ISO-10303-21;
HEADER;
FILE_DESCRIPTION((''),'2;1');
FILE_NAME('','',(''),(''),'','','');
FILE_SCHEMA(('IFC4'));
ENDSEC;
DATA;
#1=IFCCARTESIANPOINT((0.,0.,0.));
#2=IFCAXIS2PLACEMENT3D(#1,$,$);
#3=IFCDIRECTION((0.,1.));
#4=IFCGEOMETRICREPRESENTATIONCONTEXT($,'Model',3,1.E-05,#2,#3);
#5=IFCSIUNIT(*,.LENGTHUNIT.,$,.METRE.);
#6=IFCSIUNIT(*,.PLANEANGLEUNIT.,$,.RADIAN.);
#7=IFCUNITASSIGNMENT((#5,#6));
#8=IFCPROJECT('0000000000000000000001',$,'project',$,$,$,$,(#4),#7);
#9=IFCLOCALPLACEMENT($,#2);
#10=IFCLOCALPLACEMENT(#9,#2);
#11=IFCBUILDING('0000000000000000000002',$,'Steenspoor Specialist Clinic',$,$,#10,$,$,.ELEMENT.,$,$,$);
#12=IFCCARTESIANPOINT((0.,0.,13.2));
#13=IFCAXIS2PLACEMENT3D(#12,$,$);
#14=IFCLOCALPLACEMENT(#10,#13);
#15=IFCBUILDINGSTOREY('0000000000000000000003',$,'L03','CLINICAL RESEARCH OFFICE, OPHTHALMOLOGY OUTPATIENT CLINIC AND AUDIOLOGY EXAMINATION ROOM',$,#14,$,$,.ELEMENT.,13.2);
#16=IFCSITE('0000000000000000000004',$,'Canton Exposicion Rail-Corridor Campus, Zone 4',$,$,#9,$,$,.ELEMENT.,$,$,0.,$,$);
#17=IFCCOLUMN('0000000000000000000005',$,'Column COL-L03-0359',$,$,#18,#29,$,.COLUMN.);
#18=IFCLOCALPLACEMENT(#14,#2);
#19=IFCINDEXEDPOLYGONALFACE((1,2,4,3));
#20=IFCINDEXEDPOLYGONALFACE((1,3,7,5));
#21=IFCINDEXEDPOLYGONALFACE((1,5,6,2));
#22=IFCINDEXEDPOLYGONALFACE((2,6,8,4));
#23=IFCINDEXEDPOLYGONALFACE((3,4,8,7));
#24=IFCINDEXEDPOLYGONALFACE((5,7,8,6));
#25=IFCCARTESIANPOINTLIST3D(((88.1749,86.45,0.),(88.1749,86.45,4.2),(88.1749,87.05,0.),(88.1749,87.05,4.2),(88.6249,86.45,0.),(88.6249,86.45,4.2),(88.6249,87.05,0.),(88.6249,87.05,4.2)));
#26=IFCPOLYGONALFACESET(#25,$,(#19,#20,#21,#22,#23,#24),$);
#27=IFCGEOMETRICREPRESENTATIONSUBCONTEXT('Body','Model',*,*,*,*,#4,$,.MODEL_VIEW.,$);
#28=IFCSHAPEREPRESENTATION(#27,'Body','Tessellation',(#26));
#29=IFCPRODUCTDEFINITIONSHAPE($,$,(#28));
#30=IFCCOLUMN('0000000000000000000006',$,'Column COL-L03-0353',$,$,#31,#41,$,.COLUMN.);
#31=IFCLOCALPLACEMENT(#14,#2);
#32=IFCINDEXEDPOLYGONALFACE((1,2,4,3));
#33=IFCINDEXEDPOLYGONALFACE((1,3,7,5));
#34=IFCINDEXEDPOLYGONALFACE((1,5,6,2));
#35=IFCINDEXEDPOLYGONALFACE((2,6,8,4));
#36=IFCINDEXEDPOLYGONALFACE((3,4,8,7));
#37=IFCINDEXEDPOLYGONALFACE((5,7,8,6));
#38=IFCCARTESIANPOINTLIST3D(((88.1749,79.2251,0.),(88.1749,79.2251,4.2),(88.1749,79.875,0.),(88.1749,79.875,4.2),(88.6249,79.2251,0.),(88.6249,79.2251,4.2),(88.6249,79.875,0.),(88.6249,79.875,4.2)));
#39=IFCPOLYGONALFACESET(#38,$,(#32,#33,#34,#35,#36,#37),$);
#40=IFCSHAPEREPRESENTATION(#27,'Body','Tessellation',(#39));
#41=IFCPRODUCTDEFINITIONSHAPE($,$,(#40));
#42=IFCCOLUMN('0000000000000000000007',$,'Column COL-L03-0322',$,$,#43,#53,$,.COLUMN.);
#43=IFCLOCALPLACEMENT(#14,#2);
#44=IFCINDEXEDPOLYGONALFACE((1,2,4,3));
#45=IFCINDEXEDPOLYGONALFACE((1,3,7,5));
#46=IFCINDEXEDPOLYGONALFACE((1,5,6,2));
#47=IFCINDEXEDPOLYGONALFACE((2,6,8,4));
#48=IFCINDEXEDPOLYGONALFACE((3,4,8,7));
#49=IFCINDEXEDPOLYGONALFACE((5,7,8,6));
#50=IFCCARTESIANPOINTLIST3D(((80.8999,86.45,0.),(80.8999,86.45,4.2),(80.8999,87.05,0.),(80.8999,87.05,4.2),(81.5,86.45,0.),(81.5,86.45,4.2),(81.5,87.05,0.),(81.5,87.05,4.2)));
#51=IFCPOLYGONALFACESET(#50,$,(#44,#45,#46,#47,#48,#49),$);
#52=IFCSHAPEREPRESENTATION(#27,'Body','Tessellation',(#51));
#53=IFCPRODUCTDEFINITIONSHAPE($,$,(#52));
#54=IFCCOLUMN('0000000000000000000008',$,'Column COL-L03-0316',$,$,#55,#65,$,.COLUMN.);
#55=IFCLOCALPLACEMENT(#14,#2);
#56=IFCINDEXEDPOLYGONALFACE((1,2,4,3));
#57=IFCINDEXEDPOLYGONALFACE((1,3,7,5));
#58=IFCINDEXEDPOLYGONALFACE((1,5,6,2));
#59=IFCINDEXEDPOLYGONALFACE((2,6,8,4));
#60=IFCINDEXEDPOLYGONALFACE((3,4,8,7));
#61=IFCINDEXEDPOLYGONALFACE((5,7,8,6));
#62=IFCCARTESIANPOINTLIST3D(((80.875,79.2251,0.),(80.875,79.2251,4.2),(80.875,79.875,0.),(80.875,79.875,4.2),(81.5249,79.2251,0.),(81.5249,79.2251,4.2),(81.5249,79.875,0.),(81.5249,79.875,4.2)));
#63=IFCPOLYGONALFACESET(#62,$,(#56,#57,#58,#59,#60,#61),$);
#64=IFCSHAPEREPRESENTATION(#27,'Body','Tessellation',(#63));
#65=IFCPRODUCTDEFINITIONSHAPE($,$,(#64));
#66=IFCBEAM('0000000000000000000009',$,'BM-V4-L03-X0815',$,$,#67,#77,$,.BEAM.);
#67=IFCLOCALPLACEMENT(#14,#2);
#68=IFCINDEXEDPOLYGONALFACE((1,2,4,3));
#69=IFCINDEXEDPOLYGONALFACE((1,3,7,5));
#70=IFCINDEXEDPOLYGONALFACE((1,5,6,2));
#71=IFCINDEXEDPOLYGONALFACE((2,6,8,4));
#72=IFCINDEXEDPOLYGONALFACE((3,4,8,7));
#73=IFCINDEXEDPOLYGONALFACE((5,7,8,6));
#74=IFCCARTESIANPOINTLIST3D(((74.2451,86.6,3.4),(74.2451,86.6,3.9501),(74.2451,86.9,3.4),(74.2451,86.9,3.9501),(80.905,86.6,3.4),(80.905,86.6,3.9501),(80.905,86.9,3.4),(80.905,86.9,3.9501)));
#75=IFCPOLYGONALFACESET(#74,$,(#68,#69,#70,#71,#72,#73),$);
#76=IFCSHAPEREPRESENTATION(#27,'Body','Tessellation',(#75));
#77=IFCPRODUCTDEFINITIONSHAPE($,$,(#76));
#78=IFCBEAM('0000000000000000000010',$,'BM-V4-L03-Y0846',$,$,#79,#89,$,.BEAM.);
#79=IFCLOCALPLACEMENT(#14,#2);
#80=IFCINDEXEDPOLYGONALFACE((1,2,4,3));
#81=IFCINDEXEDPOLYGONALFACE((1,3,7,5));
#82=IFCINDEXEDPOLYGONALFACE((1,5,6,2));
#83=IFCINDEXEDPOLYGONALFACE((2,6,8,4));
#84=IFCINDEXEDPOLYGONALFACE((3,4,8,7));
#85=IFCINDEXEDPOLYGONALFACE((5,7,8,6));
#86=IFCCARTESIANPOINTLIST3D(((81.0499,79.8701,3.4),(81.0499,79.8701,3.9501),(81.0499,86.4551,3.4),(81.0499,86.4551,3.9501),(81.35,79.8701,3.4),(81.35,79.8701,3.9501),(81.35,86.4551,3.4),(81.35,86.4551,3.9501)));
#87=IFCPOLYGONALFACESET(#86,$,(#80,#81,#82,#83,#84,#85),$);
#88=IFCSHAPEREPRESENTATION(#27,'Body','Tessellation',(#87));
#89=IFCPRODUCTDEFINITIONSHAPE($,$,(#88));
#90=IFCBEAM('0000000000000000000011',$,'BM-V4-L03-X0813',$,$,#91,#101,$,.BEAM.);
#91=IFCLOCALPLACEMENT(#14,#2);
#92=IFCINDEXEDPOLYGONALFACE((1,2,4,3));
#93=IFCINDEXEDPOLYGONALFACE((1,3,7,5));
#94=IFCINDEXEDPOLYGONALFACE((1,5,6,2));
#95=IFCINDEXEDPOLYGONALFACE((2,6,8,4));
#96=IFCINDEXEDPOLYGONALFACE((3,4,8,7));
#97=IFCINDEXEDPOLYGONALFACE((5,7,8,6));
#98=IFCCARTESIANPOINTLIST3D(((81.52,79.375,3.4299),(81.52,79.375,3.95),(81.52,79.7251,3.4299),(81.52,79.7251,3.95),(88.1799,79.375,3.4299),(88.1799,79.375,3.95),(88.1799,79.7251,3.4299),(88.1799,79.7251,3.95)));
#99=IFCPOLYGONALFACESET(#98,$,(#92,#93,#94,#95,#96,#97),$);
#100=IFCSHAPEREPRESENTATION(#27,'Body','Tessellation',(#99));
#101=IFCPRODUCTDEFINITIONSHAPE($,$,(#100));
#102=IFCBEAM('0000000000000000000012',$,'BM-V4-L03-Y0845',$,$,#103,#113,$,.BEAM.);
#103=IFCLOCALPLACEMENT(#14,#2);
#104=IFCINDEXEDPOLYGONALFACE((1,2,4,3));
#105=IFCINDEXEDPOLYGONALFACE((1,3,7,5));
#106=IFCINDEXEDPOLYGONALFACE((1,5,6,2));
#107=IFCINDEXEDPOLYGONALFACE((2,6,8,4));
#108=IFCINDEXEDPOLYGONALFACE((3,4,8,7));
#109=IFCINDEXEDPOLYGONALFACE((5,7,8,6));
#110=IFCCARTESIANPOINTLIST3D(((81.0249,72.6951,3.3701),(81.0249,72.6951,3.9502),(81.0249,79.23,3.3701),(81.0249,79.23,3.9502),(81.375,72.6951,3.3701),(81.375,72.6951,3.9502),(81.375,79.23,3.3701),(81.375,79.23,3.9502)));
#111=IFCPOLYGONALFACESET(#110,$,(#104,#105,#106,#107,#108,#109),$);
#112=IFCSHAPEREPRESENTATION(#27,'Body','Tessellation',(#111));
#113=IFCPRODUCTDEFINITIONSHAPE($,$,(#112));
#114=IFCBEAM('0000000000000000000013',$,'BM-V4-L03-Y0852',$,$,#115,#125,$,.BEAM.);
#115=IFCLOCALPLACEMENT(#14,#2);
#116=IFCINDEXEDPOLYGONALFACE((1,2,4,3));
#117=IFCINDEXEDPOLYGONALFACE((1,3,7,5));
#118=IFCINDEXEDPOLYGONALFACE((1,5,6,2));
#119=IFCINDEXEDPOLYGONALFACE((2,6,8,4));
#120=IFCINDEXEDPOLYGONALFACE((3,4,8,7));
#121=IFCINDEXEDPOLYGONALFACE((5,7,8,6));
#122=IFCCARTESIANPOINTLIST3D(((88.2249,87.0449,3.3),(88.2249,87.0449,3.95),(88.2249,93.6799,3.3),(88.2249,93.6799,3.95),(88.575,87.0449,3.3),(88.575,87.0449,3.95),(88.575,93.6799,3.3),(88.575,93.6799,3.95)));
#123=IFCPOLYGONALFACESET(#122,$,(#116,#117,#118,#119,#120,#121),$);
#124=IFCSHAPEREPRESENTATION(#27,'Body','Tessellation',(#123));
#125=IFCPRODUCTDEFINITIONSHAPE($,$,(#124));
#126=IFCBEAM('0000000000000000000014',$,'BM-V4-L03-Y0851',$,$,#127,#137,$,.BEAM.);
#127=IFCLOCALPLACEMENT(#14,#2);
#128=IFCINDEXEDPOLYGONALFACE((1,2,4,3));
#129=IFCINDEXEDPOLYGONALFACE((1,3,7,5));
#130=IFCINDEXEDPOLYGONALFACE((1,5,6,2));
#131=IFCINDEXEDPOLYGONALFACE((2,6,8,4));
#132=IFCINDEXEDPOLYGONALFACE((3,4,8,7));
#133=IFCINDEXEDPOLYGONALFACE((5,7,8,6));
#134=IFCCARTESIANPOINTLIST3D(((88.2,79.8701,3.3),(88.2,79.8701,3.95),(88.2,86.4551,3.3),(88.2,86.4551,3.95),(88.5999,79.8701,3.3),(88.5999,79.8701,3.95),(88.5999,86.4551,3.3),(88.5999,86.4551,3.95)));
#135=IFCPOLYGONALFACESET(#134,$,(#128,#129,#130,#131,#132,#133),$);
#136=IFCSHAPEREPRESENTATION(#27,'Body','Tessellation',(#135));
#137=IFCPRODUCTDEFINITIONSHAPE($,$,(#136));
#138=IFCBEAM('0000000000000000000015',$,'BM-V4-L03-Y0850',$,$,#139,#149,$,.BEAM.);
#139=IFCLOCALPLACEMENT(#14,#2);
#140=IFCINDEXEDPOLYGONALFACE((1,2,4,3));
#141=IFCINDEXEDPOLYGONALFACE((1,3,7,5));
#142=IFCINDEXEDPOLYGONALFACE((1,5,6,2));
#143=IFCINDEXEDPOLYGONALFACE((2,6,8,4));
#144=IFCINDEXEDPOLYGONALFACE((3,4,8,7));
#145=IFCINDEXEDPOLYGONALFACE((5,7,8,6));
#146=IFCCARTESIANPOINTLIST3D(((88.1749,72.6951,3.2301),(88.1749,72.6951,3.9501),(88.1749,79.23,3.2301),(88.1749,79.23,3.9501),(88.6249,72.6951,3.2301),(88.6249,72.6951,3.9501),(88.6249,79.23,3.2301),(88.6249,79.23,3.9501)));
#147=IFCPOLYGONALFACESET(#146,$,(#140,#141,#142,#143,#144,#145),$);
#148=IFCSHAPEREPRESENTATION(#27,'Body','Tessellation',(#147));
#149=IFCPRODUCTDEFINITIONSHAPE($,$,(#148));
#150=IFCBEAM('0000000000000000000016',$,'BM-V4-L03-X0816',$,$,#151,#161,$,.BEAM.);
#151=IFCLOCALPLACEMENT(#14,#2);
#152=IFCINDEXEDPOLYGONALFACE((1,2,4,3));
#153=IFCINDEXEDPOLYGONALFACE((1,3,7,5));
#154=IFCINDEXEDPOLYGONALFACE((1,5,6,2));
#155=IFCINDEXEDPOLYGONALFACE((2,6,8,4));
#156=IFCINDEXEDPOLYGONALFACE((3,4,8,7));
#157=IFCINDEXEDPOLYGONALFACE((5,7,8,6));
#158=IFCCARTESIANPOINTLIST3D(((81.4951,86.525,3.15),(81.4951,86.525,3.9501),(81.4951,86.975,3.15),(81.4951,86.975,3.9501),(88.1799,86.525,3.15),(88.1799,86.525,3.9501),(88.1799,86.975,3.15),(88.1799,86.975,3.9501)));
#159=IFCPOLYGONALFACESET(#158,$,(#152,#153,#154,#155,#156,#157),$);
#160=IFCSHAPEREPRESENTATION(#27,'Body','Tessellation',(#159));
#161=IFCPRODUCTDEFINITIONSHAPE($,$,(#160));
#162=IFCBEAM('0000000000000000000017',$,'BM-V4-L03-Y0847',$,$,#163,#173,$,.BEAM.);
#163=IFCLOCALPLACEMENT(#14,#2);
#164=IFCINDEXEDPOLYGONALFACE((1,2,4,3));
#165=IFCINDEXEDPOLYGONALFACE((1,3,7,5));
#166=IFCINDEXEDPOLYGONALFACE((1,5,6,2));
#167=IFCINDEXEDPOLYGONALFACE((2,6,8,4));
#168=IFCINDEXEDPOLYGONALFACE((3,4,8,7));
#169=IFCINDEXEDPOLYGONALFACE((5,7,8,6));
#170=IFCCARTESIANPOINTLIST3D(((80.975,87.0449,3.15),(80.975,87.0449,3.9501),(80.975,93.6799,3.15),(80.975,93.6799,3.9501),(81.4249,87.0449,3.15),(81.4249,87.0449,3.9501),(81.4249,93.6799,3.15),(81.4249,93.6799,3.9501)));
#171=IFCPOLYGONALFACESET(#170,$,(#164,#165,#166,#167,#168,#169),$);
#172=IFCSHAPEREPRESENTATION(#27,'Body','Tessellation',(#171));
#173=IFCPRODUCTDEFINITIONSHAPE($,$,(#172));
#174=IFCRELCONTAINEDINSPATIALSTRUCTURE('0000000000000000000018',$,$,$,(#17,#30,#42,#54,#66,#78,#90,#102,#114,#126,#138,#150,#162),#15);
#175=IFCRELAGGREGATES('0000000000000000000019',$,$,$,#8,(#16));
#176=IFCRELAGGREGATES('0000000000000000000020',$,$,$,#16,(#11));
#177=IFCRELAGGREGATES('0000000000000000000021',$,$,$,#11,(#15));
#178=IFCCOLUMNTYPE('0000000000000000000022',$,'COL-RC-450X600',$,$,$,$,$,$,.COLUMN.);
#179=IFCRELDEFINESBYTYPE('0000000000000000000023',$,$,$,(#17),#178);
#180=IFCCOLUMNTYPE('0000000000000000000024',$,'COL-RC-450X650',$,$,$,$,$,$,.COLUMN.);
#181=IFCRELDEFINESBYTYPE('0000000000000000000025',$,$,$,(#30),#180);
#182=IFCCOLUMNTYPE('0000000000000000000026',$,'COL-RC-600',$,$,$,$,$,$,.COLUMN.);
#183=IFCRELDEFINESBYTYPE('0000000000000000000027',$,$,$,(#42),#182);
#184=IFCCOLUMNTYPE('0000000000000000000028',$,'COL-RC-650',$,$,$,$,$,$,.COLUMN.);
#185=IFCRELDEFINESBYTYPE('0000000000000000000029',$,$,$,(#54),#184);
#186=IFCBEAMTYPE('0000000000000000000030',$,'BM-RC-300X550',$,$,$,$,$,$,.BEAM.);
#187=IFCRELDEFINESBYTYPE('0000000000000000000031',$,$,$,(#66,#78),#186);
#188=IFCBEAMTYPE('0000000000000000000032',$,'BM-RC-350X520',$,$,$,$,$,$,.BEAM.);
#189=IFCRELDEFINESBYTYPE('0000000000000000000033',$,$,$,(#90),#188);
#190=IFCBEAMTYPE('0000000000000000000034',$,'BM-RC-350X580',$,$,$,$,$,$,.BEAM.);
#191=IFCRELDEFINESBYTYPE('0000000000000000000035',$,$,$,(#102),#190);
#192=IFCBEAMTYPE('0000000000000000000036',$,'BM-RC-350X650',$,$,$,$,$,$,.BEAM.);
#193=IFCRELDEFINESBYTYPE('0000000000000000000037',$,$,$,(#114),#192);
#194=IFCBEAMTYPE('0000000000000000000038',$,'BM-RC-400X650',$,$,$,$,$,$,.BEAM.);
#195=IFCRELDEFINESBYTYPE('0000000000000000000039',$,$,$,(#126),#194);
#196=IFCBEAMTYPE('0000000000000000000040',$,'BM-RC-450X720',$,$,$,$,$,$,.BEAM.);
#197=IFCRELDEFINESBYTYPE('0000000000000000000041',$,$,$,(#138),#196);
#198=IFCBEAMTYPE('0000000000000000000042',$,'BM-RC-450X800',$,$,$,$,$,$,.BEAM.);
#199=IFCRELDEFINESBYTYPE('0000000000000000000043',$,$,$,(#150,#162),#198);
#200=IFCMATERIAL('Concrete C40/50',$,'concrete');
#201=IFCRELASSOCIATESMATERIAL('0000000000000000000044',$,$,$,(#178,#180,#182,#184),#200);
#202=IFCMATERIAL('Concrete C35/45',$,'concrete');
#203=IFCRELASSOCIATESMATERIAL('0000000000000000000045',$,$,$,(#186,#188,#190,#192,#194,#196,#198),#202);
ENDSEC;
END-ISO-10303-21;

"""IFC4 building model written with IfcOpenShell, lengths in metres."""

from ifc_helpers import new_model, si_unit, direction, frame, origin, origin_2d, place, context, subcontext, project, spatial, rectangle, extrude, material, material_profile, profile_set, type_object, element, save


model = new_model("IFC4")

# Units and contexts
model_context = context("Model", 3, precision=1e-05, world=origin(), true_north=direction((0.0, 1.0)))
body_context = subcontext(model_context, "Body", "Model", "MODEL_VIEW")
ifc_project = project(units=[si_unit("LENGTHUNIT", "METRE"), si_unit("PLANEANGLEUNIT", "RADIAN")], contexts=[model_context])

# Site, building, storey
site_placement = place(None, origin())
site = spatial("IfcSite", under=ifc_project, at=site_placement, Name="Canton Exposicion Rail-Corridor Campus, Zone 4", CompositionType="ELEMENT", RefElevation=0.0)
building_placement = place(site_placement, origin())
building = spatial("IfcBuilding", under=site, at=building_placement, Name="Steenspoor Specialist Clinic", CompositionType="ELEMENT")
storey_placement = place(building_placement, frame((0.0, 0.0, 13.2)))
storey = spatial("IfcBuildingStorey", under=building, at=storey_placement, Name="L03", Description="CLINICAL RESEARCH OFFICE, OPHTHALMOLOGY OUTPATIENT CLINIC AND AUDIOLOGY EXAMINATION ROOM", CompositionType="ELEMENT", Elevation=13.2)

# Columns
ifc_material_1 = material(Name="Concrete C40/50", Category="concrete")
ifc_material_profile_1 = material_profile(ifc_material_1, rectangle(XDim=0.45, YDim=0.6001, at=origin_2d()), Name="RC-COL-450X600")
ifc_profile_set_1 = profile_set([ifc_material_profile_1], Name="Concrete C40/50")
column_type_1 = type_object("IfcColumnType", Name="COL-RC-450X600", PredefinedType="COLUMN", material=ifc_profile_set_1)
column_1_placement = place(storey_placement, frame((88.3999, 86.75, 0.0), z_axis=(0.0, 0.0, 1.0), x_axis=(1.0, 0.0, 0.0)))
element("IfcColumn", 1, at=column_1_placement, inside=storey, type_object=column_type_1, Name="Column COL-L03-0359", PredefinedType="COLUMN", context=body_context, shape_type="SweptSolid", body=[
    extrude(rectangle(XDim=0.45, YDim=0.6001, at=origin_2d()), origin(), (0.0, 0.0, 1.0), 4.2),
])
ifc_material_profile_2 = material_profile(ifc_material_1, rectangle(XDim=0.45, YDim=0.6499, at=origin_2d()), Name="RC-COL-450X650")
ifc_profile_set_2 = profile_set([ifc_material_profile_2], Name="Concrete C40/50")
column_type_2 = type_object("IfcColumnType", Name="COL-RC-450X650", PredefinedType="COLUMN", material=ifc_profile_set_2)
column_2_placement = place(storey_placement, frame((88.3999, 79.55, 0.0), z_axis=(0.0, 0.0, 1.0), x_axis=(1.0, 0.0, 0.0)))
element("IfcColumn", 2, at=column_2_placement, inside=storey, type_object=column_type_2, Name="Column COL-L03-0353", PredefinedType="COLUMN", context=body_context, shape_type="SweptSolid", body=[
    extrude(rectangle(XDim=0.45, YDim=0.6499, at=origin_2d()), origin(), (0.0, 0.0, 1.0), 4.2),
])
ifc_material_profile_3 = material_profile(ifc_material_1, rectangle(XDim=0.6001, YDim=0.6001, at=origin_2d()), Name="RC-COL-600X600")
ifc_profile_set_3 = profile_set([ifc_material_profile_3], Name="Concrete C40/50")
column_type_3 = type_object("IfcColumnType", Name="COL-RC-600", PredefinedType="COLUMN", material=ifc_profile_set_3)
column_3_placement = place(storey_placement, frame((81.2, 86.75, 0.0), z_axis=(0.0, 0.0, 1.0), x_axis=(1.0, 0.0, 0.0)))
element("IfcColumn", 3, at=column_3_placement, inside=storey, type_object=column_type_3, Name="Column COL-L03-0322", PredefinedType="COLUMN", context=body_context, shape_type="SweptSolid", body=[
    extrude(rectangle(XDim=0.6001, YDim=0.6001, at=origin_2d()), origin(), (0.0, 0.0, 1.0), 4.2),
])
ifc_material_profile_4 = material_profile(ifc_material_1, rectangle(XDim=0.6499, YDim=0.6499, at=origin_2d()), Name="RC-COL-650X650")
ifc_profile_set_4 = profile_set([ifc_material_profile_4], Name="Concrete C40/50")
column_type_4 = type_object("IfcColumnType", Name="COL-RC-650", PredefinedType="COLUMN", material=ifc_profile_set_4)
column_4_placement = place(storey_placement, frame((81.2, 79.55, 0.0), z_axis=(0.0, 0.0, 1.0), x_axis=(1.0, 0.0, 0.0)))
element("IfcColumn", 4, at=column_4_placement, inside=storey, type_object=column_type_4, Name="Column COL-L03-0316", PredefinedType="COLUMN", context=body_context, shape_type="SweptSolid", body=[
    extrude(rectangle(XDim=0.6499, YDim=0.6499, at=origin_2d()), origin(), (0.0, 0.0, 1.0), 4.2),
])

# Beams
ifc_material_2 = material(Name="Concrete C35/45", Category="concrete")
ifc_material_profile_5 = material_profile(ifc_material_2, rectangle(XDim=0.3, YDim=0.55, at=origin_2d()), Name="RC-BM-300X550")
ifc_profile_set_5 = profile_set([ifc_material_profile_5], Name="Concrete C35/45")
beam_type_1 = type_object("IfcBeamType", Name="BM-RC-300X550", PredefinedType="BEAM", material=ifc_profile_set_5)
beam_1_placement = place(storey_placement, frame((74.2451, 86.75, 3.675), z_axis=(1.0, 0.0, 0.0), x_axis=(0.0, 1.0, 0.0)))
element("IfcBeam", 5, at=beam_1_placement, inside=storey, type_object=beam_type_1, Name="BM-V4-L03-X0815", PredefinedType="BEAM", context=body_context, shape_type="SweptSolid", body=[
    extrude(rectangle(XDim=0.3, YDim=0.55, at=origin_2d()), origin(), (0.0, 0.0, 1.0), 6.6599),
])
beam_2_placement = place(storey_placement, frame((81.2, 79.8701, 3.675), z_axis=(0.0, 1.0, 0.0), x_axis=(-1.0, 0.0, 0.0)))
element("IfcBeam", 6, at=beam_2_placement, inside=storey, type_object=beam_type_1, Name="BM-V4-L03-Y0846", PredefinedType="BEAM", context=body_context, shape_type="SweptSolid", body=[
    extrude(rectangle(XDim=0.3, YDim=0.55, at=origin_2d()), origin(), (0.0, 0.0, 1.0), 6.585),
])
ifc_material_profile_6 = material_profile(ifc_material_2, rectangle(XDim=0.3501, YDim=0.52, at=origin_2d()), Name="RC-BM-350X520")
ifc_profile_set_6 = profile_set([ifc_material_profile_6], Name="Concrete C35/45")
beam_type_2 = type_object("IfcBeamType", Name="BM-RC-350X520", PredefinedType="BEAM", material=ifc_profile_set_6)
beam_3_placement = place(storey_placement, frame((81.52, 79.55, 3.6899), z_axis=(1.0, 0.0, 0.0), x_axis=(0.0, 1.0, 0.0)))
element("IfcBeam", 7, at=beam_3_placement, inside=storey, type_object=beam_type_2, Name="BM-V4-L03-X0813", PredefinedType="BEAM", context=body_context, shape_type="SweptSolid", body=[
    extrude(rectangle(XDim=0.3501, YDim=0.52, at=origin_2d()), origin(), (0.0, 0.0, 1.0), 6.6599),
])
ifc_material_profile_7 = material_profile(ifc_material_2, rectangle(XDim=0.3501, YDim=0.5801, at=origin_2d()), Name="RC-BM-350X580")
ifc_profile_set_7 = profile_set([ifc_material_profile_7], Name="Concrete C35/45")
beam_type_3 = type_object("IfcBeamType", Name="BM-RC-350X580", PredefinedType="BEAM", material=ifc_profile_set_7)
beam_4_placement = place(storey_placement, frame((81.2, 72.6951, 3.6602), z_axis=(0.0, 1.0, 0.0), x_axis=(-1.0, 0.0, 0.0)))
element("IfcBeam", 8, at=beam_4_placement, inside=storey, type_object=beam_type_3, Name="BM-V4-L03-Y0845", PredefinedType="BEAM", context=body_context, shape_type="SweptSolid", body=[
    extrude(rectangle(XDim=0.3501, YDim=0.5801, at=origin_2d()), origin(), (0.0, 0.0, 1.0), 6.5349),
])
ifc_material_profile_8 = material_profile(ifc_material_2, rectangle(XDim=0.3501, YDim=0.6499, at=origin_2d()), Name="RC-BM-350X650")
ifc_profile_set_8 = profile_set([ifc_material_profile_8], Name="Concrete C35/45")
beam_type_4 = type_object("IfcBeamType", Name="BM-RC-350X650", PredefinedType="BEAM", material=ifc_profile_set_8)
beam_5_placement = place(storey_placement, frame((88.3999, 87.0449, 3.625), z_axis=(0.0, 1.0, 0.0), x_axis=(-1.0, 0.0, 0.0)))
element("IfcBeam", 9, at=beam_5_placement, inside=storey, type_object=beam_type_4, Name="BM-V4-L03-Y0852", PredefinedType="BEAM", context=body_context, shape_type="SweptSolid", body=[
    extrude(rectangle(XDim=0.3501, YDim=0.6499, at=origin_2d()), origin(), (0.0, 0.0, 1.0), 6.635),
])
ifc_material_profile_9 = material_profile(ifc_material_2, rectangle(XDim=0.3999, YDim=0.6499, at=origin_2d()), Name="RC-BM-400X650")
ifc_profile_set_9 = profile_set([ifc_material_profile_9], Name="Concrete C35/45")
beam_type_5 = type_object("IfcBeamType", Name="BM-RC-400X650", PredefinedType="BEAM", material=ifc_profile_set_9)
beam_6_placement = place(storey_placement, frame((88.3999, 79.8701, 3.625), z_axis=(0.0, 1.0, 0.0), x_axis=(-1.0, 0.0, 0.0)))
element("IfcBeam", 10, at=beam_6_placement, inside=storey, type_object=beam_type_5, Name="BM-V4-L03-Y0851", PredefinedType="BEAM", context=body_context, shape_type="SweptSolid", body=[
    extrude(rectangle(XDim=0.3999, YDim=0.6499, at=origin_2d()), origin(), (0.0, 0.0, 1.0), 6.585),
])
ifc_material_profile_10 = material_profile(ifc_material_2, rectangle(XDim=0.45, YDim=0.72, at=origin_2d()), Name="RC-BM-450X720")
ifc_profile_set_10 = profile_set([ifc_material_profile_10], Name="Concrete C35/45")
beam_type_6 = type_object("IfcBeamType", Name="BM-RC-450X720", PredefinedType="BEAM", material=ifc_profile_set_10)
beam_7_placement = place(storey_placement, frame((88.3999, 72.6951, 3.5901), z_axis=(0.0, 1.0, 0.0), x_axis=(-1.0, 0.0, 0.0)))
element("IfcBeam", 11, at=beam_7_placement, inside=storey, type_object=beam_type_6, Name="BM-V4-L03-Y0850", PredefinedType="BEAM", context=body_context, shape_type="SweptSolid", body=[
    extrude(rectangle(XDim=0.45, YDim=0.72, at=origin_2d()), origin(), (0.0, 0.0, 1.0), 6.5349),
])
ifc_material_profile_11 = material_profile(ifc_material_2, rectangle(XDim=0.45, YDim=0.8, at=origin_2d()), Name="RC-BM-450X800")
ifc_profile_set_11 = profile_set([ifc_material_profile_11], Name="Concrete C35/45")
beam_type_7 = type_object("IfcBeamType", Name="BM-RC-450X800", PredefinedType="BEAM", material=ifc_profile_set_11)
beam_8_placement = place(storey_placement, frame((81.4951, 86.75, 3.55), z_axis=(1.0, 0.0, 0.0), x_axis=(0.0, 1.0, 0.0)))
element("IfcBeam", 12, at=beam_8_placement, inside=storey, type_object=beam_type_7, Name="BM-V4-L03-X0816", PredefinedType="BEAM", context=body_context, shape_type="SweptSolid", body=[
    extrude(rectangle(XDim=0.45, YDim=0.8, at=origin_2d()), origin(), (0.0, 0.0, 1.0), 6.6848),
])
beam_9_placement = place(storey_placement, frame((81.2, 87.0449, 3.55), z_axis=(0.0, 1.0, 0.0), x_axis=(-1.0, 0.0, 0.0)))
element("IfcBeam", 13, at=beam_9_placement, inside=storey, type_object=beam_type_7, Name="BM-V4-L03-Y0847", PredefinedType="BEAM", context=body_context, shape_type="SweptSolid", body=[
    extrude(rectangle(XDim=0.45, YDim=0.8, at=origin_2d()), origin(), (0.0, 0.0, 1.0), 6.635),
])

save(model, "model.ifc")
